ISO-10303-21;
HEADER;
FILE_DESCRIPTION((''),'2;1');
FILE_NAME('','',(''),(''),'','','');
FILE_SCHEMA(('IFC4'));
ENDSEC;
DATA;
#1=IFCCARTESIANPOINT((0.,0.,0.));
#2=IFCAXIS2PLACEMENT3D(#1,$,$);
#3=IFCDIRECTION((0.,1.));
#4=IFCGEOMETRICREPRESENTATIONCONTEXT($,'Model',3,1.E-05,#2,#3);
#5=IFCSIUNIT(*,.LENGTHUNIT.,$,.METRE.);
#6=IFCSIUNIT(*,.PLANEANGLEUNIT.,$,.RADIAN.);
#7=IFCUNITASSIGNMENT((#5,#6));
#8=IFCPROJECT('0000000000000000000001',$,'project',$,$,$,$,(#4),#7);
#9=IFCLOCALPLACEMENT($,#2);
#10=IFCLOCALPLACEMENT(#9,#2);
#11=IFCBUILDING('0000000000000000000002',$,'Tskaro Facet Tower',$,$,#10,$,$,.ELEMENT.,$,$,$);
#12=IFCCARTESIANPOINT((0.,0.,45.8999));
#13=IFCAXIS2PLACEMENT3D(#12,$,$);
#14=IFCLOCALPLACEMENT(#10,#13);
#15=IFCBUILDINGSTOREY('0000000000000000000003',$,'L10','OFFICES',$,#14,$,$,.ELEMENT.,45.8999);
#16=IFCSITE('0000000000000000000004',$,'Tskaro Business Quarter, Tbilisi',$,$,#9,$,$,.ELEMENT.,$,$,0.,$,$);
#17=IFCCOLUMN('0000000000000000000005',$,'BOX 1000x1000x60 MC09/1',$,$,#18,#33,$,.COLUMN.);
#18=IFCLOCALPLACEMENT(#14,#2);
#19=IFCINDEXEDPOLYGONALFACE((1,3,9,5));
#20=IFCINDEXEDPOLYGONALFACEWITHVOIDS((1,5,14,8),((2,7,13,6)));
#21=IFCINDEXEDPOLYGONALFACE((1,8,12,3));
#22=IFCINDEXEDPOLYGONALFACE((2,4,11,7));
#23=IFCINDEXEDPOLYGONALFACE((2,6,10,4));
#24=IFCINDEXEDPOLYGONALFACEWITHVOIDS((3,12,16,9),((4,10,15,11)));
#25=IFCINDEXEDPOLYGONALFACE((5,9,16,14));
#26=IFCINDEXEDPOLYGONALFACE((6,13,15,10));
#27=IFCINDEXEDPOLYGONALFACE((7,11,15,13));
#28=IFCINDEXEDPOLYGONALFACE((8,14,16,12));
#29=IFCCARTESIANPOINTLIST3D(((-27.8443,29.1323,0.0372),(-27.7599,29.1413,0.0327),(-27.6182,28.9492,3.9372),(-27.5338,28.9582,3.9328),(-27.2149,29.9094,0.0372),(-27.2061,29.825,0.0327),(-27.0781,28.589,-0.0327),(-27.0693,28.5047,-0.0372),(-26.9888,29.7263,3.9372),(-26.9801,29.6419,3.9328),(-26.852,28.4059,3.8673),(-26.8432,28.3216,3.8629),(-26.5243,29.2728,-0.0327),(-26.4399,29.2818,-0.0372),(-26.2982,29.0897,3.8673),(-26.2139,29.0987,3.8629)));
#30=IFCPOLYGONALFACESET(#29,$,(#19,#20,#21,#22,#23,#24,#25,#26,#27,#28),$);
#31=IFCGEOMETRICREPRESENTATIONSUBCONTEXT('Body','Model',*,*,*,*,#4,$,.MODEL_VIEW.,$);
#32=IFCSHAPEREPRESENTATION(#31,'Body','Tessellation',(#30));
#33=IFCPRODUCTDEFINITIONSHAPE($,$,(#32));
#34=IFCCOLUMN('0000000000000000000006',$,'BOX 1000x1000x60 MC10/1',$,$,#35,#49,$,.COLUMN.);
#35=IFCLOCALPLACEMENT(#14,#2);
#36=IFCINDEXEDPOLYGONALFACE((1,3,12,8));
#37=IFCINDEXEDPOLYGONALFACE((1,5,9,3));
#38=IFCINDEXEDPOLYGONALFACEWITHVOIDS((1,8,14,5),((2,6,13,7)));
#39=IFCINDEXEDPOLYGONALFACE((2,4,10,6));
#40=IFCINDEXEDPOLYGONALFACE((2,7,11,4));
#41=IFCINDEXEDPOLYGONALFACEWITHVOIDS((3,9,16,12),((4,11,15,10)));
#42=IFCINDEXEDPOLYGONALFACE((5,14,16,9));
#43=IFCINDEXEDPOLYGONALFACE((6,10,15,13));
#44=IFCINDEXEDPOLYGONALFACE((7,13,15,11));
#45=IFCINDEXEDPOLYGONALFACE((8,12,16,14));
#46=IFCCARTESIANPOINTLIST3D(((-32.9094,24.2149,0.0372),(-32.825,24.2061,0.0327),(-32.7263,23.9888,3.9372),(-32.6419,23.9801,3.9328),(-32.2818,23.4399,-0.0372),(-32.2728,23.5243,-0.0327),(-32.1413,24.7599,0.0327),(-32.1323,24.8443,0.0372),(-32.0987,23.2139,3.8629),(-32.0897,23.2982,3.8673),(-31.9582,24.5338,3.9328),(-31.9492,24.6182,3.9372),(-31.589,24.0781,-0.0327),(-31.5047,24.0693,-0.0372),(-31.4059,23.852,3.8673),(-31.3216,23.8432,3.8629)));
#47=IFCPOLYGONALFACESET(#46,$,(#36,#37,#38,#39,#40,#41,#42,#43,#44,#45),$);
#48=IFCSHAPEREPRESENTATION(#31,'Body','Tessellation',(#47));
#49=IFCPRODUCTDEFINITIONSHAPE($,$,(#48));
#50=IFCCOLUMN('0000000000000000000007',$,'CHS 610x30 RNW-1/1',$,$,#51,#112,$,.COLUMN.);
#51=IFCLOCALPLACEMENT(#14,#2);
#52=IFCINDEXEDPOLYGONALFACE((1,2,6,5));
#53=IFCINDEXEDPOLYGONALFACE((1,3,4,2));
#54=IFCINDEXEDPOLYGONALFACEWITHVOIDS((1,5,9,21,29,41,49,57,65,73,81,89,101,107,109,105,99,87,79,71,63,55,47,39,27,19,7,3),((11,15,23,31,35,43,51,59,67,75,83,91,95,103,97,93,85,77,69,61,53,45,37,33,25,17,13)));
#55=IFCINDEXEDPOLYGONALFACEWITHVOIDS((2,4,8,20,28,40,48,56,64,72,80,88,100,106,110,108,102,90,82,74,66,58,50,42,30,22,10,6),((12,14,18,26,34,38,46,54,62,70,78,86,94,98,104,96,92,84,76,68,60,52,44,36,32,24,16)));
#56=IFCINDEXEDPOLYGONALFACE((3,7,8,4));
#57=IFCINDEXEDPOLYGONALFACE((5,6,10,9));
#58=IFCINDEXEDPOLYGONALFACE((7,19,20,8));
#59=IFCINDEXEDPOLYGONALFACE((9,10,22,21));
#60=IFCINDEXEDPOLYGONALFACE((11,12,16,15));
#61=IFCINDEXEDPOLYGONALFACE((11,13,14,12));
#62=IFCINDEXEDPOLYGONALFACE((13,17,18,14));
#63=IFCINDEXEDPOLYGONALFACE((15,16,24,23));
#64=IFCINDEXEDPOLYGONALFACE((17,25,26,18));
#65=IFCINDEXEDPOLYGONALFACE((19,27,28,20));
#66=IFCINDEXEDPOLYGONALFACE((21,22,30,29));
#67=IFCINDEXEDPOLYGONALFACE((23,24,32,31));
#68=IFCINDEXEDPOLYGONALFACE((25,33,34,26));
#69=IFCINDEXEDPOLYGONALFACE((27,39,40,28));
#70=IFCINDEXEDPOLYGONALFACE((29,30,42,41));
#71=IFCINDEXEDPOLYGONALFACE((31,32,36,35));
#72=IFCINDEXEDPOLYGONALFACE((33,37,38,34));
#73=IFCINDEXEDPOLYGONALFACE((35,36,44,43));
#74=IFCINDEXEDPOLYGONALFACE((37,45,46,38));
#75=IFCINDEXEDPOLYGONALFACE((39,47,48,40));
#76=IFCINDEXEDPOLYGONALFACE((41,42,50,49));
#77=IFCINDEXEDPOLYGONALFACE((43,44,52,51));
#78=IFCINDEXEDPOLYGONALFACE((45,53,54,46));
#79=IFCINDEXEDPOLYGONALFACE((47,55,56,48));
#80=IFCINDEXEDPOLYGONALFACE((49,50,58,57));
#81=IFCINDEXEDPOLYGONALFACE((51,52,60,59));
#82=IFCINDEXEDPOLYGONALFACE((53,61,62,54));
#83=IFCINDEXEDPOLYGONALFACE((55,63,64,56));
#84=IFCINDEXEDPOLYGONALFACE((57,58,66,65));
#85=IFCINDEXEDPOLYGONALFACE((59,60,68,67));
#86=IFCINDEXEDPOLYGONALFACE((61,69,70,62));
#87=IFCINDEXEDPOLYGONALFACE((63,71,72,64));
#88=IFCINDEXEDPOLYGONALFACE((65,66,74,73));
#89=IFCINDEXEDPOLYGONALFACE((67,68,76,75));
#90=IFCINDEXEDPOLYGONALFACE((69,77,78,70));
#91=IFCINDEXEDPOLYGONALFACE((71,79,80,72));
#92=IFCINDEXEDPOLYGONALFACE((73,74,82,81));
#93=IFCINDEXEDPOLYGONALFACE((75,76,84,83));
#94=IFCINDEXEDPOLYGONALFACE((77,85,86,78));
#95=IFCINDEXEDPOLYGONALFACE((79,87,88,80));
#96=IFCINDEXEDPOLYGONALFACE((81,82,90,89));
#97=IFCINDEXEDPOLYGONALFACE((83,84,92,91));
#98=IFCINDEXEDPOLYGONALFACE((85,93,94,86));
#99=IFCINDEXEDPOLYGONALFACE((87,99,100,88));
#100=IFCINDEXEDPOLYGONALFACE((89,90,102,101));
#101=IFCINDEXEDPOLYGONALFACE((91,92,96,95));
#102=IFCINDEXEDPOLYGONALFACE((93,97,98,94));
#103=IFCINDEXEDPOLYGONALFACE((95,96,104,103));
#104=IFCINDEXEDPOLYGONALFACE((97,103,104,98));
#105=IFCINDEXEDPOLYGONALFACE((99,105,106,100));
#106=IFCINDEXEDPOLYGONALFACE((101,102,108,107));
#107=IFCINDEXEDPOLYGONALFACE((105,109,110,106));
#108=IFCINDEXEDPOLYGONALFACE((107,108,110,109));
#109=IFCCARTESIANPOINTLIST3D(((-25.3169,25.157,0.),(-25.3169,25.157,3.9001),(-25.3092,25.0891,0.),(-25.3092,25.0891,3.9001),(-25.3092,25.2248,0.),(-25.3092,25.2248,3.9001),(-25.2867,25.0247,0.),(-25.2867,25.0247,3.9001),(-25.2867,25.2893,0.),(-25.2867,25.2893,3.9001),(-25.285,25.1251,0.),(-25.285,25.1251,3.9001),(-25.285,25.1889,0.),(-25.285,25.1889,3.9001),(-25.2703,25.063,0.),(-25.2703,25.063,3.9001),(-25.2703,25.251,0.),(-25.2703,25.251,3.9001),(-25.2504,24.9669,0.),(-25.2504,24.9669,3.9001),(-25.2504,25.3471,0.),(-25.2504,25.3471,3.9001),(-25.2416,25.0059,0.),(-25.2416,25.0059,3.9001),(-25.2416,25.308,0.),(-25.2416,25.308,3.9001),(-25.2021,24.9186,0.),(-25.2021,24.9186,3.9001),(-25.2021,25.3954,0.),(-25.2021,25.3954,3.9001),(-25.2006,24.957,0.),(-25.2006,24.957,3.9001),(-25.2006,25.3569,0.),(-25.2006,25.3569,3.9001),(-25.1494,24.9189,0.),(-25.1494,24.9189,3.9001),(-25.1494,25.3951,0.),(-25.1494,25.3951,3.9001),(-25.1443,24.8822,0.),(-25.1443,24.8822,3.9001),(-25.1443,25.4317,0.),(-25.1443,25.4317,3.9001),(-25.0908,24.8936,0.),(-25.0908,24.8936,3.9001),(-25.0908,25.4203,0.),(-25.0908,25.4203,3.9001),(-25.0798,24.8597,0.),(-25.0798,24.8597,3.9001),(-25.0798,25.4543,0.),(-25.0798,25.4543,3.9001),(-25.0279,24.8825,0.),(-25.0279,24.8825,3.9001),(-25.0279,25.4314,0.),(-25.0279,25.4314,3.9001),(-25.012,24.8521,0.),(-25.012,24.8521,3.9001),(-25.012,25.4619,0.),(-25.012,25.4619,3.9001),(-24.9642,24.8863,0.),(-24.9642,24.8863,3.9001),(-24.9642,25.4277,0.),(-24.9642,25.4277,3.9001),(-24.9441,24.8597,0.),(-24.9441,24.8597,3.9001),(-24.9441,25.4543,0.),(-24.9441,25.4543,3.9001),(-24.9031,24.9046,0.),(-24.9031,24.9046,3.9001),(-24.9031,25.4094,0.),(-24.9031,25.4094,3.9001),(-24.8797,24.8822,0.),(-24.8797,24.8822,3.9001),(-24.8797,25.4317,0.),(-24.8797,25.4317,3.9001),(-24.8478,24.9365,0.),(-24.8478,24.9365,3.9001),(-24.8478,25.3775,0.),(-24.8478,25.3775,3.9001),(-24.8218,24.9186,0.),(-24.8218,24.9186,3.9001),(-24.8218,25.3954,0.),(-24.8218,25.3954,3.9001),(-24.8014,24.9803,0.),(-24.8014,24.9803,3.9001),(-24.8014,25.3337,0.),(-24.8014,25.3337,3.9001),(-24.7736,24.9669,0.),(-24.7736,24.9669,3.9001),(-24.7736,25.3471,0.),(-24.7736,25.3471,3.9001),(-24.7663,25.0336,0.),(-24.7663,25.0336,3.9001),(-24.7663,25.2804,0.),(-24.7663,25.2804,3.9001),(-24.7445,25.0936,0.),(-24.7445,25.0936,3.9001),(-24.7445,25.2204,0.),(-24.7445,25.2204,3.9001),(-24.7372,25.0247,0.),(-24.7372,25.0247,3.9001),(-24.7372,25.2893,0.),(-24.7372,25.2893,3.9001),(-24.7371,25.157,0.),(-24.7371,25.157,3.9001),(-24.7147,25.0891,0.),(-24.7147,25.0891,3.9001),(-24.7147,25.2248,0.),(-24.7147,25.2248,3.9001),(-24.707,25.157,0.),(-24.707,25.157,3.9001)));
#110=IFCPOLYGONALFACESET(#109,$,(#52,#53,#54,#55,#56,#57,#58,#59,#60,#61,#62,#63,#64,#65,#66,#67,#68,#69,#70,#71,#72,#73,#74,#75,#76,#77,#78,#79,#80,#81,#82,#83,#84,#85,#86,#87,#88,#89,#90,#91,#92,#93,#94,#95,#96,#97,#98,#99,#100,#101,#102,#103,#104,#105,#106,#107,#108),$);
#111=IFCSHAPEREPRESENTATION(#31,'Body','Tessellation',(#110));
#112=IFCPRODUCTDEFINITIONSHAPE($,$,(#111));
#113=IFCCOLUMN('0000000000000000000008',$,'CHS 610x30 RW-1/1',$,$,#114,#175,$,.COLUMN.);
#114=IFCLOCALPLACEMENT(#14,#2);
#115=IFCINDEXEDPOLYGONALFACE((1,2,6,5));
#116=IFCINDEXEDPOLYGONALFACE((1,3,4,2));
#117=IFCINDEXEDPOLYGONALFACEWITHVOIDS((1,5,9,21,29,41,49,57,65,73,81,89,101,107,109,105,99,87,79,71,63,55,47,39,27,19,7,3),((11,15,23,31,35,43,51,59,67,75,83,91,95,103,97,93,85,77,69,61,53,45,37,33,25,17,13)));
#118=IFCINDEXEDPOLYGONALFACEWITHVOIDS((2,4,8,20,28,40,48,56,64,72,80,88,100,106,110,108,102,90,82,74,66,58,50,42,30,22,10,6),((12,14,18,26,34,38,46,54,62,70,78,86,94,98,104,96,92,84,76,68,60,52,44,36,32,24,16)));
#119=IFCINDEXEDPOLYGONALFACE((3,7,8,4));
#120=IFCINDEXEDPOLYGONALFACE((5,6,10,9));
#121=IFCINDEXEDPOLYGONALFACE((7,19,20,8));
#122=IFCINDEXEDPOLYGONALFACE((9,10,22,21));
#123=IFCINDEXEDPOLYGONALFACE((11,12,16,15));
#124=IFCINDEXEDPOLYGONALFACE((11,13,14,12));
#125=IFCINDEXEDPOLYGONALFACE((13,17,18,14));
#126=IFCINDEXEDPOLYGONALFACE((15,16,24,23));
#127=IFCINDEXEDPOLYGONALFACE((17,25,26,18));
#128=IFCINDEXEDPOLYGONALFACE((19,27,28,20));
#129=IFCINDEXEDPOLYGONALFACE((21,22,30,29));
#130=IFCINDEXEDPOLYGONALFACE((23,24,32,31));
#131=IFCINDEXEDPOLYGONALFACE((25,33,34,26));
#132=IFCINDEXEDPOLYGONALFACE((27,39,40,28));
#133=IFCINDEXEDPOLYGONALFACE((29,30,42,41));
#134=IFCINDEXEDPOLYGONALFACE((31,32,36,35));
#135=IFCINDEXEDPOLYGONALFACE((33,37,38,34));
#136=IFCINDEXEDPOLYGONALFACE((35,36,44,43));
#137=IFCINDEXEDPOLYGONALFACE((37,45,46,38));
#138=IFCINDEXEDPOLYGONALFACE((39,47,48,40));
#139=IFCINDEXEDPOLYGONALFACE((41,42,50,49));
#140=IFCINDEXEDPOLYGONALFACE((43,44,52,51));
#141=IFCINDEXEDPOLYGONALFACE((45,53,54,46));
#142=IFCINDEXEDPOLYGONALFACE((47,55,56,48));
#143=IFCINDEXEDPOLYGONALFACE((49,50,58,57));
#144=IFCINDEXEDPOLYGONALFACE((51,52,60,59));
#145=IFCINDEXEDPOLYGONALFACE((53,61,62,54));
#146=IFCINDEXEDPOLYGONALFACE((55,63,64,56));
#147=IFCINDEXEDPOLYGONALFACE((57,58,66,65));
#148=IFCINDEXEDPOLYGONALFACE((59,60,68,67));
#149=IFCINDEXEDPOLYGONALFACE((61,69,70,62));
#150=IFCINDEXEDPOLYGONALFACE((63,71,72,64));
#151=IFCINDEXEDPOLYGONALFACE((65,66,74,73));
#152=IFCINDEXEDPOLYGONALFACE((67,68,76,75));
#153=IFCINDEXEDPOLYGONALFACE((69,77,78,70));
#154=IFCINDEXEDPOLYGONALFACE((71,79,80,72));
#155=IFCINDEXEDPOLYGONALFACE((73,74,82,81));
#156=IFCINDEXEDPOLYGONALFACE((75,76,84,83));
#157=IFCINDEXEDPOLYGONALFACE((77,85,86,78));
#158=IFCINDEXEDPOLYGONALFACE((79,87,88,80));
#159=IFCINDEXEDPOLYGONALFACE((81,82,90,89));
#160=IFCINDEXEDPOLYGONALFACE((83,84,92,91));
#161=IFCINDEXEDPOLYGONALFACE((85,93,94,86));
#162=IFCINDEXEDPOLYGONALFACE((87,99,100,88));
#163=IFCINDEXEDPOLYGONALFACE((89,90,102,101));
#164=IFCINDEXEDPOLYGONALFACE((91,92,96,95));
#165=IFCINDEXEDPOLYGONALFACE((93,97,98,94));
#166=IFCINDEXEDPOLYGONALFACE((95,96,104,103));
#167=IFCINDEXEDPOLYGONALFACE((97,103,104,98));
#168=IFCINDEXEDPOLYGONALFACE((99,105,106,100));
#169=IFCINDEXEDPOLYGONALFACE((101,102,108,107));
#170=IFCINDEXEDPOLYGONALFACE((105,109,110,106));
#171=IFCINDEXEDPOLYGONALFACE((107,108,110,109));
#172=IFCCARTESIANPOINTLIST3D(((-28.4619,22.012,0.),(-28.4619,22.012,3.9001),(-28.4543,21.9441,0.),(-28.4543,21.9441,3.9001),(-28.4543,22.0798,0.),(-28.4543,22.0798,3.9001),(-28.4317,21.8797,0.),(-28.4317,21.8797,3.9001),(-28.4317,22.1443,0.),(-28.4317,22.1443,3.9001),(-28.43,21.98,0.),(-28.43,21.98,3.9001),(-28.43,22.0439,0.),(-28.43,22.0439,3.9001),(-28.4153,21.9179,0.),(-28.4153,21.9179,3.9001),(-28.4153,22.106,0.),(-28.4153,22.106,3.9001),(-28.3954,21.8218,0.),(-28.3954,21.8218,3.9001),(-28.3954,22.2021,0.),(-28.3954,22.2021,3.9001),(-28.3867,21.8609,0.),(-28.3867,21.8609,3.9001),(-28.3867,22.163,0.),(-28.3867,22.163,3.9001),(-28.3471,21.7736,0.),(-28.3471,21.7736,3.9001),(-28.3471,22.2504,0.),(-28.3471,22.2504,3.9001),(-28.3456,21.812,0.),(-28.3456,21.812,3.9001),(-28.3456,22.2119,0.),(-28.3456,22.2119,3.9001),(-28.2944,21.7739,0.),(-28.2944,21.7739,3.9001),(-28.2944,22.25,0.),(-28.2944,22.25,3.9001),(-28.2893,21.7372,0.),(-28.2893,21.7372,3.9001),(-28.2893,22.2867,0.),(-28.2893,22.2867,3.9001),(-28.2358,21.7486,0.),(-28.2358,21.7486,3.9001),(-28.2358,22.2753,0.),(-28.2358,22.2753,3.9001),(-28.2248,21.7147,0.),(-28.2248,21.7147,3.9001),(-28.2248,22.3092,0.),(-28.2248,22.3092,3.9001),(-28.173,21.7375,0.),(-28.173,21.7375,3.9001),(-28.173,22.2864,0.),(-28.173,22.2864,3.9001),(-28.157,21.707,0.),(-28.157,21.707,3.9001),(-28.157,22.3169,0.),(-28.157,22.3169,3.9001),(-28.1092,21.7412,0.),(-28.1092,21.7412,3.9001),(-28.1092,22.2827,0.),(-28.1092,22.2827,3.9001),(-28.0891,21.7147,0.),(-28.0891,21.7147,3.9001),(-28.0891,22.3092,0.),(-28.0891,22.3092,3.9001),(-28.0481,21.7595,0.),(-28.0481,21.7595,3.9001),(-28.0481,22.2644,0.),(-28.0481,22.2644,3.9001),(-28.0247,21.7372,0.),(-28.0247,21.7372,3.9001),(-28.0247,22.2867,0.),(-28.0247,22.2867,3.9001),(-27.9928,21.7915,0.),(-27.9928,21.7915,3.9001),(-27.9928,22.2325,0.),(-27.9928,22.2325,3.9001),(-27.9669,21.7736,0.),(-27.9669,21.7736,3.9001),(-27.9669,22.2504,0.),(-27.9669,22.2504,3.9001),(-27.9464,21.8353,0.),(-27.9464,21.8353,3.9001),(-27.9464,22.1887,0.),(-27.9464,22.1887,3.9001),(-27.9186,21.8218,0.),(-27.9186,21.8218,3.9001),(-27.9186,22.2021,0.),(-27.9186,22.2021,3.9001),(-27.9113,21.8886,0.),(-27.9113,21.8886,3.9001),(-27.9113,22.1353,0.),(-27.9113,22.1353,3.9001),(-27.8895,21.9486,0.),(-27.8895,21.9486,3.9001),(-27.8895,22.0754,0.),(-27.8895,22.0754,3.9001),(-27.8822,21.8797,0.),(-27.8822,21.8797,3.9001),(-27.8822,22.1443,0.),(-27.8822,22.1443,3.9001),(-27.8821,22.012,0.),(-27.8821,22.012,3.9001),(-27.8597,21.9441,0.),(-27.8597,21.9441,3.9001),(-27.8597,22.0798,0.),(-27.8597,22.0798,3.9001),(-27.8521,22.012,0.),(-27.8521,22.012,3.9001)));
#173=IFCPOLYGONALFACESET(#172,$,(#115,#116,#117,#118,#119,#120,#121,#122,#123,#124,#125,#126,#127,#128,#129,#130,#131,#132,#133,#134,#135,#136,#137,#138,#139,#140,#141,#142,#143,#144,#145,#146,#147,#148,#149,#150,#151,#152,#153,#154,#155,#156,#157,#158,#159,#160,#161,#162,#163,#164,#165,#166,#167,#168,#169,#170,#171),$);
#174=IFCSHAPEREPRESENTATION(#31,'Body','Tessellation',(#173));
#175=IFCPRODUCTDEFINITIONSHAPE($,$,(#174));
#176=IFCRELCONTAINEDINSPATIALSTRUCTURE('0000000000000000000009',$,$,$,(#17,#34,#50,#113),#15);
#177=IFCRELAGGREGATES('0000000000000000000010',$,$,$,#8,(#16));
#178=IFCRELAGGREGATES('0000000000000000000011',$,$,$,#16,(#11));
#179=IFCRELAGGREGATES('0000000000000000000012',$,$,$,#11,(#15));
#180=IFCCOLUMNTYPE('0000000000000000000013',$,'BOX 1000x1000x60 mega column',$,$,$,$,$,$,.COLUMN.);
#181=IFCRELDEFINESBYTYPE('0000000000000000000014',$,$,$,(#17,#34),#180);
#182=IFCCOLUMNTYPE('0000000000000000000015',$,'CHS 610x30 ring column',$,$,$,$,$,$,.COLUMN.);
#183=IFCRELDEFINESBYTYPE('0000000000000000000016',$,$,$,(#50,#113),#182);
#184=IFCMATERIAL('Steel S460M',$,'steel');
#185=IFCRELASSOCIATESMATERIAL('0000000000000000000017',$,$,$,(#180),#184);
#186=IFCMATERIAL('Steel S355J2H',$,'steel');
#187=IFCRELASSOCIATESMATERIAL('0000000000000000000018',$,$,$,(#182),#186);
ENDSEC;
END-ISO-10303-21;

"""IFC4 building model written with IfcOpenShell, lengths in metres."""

from ifc_helpers import new_model, si_unit, direction, frame, origin, origin_2d, place, context, subcontext, project, spatial, hollow_rectangle, hollow_circle, extrude, material, material_profile, profile_set, type_object, element, save


model = new_model("IFC4")

# Units and contexts
model_context = context("Model", 3, precision=1e-05, world=origin(), true_north=direction((0.0, 1.0)))
body_context = subcontext(model_context, "Body", "Model", "MODEL_VIEW")
ifc_project = project(units=[si_unit("LENGTHUNIT", "METRE"), si_unit("PLANEANGLEUNIT", "RADIAN")], contexts=[model_context])

# Site, building, storey
site_placement = place(None, origin())
site = spatial("IfcSite", under=ifc_project, at=site_placement, Name="Tskaro Business Quarter, Tbilisi", CompositionType="ELEMENT", RefElevation=0.0)
building_placement = place(site_placement, origin())
building = spatial("IfcBuilding", under=site, at=building_placement, Name="Tskaro Facet Tower", CompositionType="ELEMENT")
storey_placement = place(building_placement, frame((0.0, 0.0, 45.8999)))
storey = spatial("IfcBuildingStorey", under=building, at=storey_placement, Name="L10", Description="OFFICES", CompositionType="ELEMENT", Elevation=45.8999)

# Columns
ifc_material_1 = material(Name="Steel S460M", Category="steel")
ifc_material_profile_1 = material_profile(ifc_material_1, hollow_rectangle(XDim=1.0, YDim=1.0, WallThickness=0.0601, at=origin_2d()), Name="BOX 1000x1000x60")
ifc_profile_set_1 = profile_set([ifc_material_profile_1], Name="Steel S460M")
column_type_1 = type_object("IfcColumnType", Name="BOX 1000x1000x60 mega column", PredefinedType="COLUMN", material=ifc_profile_set_1)
for number, where, z_axis, x_axis, name in (
    (1, (-27.1421, 29.207, 0.0), (0.057805, -0.046818, 0.997229), (0.629391, 0.777089, 0.0), "BOX 1000x1000x60 MC09/1"),
    (2, (-32.207, 24.1421, 0.0), (0.046818, -0.057805, 0.997229), (0.777089, 0.629391, 0.0), "BOX 1000x1000x60 MC10/1"),
):
    element("IfcColumn", number, at=place(storey_placement, frame(where, z_axis=z_axis, x_axis=x_axis)), inside=storey, type_object=column_type_1, Name=name, PredefinedType="COLUMN", context=body_context, shape_type="SweptSolid", body=[
        extrude(hollow_rectangle(XDim=1.0, YDim=1.0, WallThickness=0.0601, at=origin_2d()), origin(), (0.0, 0.0, 1.0), 3.9109),
    ])
ifc_material_2 = material(Name="Steel S355J2H", Category="steel")
ifc_material_profile_2 = material_profile(ifc_material_2, hollow_circle(Radius=0.3049, WallThickness=0.03, at=origin_2d()), Name="CHS 610x30")
ifc_profile_set_2 = profile_set([ifc_material_profile_2], Name="Steel S355J2H")
column_type_2 = type_object("IfcColumnType", Name="CHS 610x30 ring column", PredefinedType="COLUMN", material=ifc_profile_set_2)
for number, where, z_axis, x_axis, name in (
    (3, (-25.012, 25.157, 0.0), (0.0, 0.0, 1.0), (1.0, 0.0, 0.0), "CHS 610x30 RNW-1/1"),
    (4, (-28.157, 22.012, 0.0), (0.0, 0.0, 1.0), (1.0, 0.0, 0.0), "CHS 610x30 RW-1/1"),
):
    element("IfcColumn", number, at=place(storey_placement, frame(where, z_axis=z_axis, x_axis=x_axis)), inside=storey, type_object=column_type_2, Name=name, PredefinedType="COLUMN", context=body_context, shape_type="SweptSolid", body=[
        extrude(hollow_circle(Radius=0.3049, WallThickness=0.03, at=origin_2d()), origin(), (0.0, 0.0, 1.0), 3.9001),
    ])

save(model, "model.ifc")
